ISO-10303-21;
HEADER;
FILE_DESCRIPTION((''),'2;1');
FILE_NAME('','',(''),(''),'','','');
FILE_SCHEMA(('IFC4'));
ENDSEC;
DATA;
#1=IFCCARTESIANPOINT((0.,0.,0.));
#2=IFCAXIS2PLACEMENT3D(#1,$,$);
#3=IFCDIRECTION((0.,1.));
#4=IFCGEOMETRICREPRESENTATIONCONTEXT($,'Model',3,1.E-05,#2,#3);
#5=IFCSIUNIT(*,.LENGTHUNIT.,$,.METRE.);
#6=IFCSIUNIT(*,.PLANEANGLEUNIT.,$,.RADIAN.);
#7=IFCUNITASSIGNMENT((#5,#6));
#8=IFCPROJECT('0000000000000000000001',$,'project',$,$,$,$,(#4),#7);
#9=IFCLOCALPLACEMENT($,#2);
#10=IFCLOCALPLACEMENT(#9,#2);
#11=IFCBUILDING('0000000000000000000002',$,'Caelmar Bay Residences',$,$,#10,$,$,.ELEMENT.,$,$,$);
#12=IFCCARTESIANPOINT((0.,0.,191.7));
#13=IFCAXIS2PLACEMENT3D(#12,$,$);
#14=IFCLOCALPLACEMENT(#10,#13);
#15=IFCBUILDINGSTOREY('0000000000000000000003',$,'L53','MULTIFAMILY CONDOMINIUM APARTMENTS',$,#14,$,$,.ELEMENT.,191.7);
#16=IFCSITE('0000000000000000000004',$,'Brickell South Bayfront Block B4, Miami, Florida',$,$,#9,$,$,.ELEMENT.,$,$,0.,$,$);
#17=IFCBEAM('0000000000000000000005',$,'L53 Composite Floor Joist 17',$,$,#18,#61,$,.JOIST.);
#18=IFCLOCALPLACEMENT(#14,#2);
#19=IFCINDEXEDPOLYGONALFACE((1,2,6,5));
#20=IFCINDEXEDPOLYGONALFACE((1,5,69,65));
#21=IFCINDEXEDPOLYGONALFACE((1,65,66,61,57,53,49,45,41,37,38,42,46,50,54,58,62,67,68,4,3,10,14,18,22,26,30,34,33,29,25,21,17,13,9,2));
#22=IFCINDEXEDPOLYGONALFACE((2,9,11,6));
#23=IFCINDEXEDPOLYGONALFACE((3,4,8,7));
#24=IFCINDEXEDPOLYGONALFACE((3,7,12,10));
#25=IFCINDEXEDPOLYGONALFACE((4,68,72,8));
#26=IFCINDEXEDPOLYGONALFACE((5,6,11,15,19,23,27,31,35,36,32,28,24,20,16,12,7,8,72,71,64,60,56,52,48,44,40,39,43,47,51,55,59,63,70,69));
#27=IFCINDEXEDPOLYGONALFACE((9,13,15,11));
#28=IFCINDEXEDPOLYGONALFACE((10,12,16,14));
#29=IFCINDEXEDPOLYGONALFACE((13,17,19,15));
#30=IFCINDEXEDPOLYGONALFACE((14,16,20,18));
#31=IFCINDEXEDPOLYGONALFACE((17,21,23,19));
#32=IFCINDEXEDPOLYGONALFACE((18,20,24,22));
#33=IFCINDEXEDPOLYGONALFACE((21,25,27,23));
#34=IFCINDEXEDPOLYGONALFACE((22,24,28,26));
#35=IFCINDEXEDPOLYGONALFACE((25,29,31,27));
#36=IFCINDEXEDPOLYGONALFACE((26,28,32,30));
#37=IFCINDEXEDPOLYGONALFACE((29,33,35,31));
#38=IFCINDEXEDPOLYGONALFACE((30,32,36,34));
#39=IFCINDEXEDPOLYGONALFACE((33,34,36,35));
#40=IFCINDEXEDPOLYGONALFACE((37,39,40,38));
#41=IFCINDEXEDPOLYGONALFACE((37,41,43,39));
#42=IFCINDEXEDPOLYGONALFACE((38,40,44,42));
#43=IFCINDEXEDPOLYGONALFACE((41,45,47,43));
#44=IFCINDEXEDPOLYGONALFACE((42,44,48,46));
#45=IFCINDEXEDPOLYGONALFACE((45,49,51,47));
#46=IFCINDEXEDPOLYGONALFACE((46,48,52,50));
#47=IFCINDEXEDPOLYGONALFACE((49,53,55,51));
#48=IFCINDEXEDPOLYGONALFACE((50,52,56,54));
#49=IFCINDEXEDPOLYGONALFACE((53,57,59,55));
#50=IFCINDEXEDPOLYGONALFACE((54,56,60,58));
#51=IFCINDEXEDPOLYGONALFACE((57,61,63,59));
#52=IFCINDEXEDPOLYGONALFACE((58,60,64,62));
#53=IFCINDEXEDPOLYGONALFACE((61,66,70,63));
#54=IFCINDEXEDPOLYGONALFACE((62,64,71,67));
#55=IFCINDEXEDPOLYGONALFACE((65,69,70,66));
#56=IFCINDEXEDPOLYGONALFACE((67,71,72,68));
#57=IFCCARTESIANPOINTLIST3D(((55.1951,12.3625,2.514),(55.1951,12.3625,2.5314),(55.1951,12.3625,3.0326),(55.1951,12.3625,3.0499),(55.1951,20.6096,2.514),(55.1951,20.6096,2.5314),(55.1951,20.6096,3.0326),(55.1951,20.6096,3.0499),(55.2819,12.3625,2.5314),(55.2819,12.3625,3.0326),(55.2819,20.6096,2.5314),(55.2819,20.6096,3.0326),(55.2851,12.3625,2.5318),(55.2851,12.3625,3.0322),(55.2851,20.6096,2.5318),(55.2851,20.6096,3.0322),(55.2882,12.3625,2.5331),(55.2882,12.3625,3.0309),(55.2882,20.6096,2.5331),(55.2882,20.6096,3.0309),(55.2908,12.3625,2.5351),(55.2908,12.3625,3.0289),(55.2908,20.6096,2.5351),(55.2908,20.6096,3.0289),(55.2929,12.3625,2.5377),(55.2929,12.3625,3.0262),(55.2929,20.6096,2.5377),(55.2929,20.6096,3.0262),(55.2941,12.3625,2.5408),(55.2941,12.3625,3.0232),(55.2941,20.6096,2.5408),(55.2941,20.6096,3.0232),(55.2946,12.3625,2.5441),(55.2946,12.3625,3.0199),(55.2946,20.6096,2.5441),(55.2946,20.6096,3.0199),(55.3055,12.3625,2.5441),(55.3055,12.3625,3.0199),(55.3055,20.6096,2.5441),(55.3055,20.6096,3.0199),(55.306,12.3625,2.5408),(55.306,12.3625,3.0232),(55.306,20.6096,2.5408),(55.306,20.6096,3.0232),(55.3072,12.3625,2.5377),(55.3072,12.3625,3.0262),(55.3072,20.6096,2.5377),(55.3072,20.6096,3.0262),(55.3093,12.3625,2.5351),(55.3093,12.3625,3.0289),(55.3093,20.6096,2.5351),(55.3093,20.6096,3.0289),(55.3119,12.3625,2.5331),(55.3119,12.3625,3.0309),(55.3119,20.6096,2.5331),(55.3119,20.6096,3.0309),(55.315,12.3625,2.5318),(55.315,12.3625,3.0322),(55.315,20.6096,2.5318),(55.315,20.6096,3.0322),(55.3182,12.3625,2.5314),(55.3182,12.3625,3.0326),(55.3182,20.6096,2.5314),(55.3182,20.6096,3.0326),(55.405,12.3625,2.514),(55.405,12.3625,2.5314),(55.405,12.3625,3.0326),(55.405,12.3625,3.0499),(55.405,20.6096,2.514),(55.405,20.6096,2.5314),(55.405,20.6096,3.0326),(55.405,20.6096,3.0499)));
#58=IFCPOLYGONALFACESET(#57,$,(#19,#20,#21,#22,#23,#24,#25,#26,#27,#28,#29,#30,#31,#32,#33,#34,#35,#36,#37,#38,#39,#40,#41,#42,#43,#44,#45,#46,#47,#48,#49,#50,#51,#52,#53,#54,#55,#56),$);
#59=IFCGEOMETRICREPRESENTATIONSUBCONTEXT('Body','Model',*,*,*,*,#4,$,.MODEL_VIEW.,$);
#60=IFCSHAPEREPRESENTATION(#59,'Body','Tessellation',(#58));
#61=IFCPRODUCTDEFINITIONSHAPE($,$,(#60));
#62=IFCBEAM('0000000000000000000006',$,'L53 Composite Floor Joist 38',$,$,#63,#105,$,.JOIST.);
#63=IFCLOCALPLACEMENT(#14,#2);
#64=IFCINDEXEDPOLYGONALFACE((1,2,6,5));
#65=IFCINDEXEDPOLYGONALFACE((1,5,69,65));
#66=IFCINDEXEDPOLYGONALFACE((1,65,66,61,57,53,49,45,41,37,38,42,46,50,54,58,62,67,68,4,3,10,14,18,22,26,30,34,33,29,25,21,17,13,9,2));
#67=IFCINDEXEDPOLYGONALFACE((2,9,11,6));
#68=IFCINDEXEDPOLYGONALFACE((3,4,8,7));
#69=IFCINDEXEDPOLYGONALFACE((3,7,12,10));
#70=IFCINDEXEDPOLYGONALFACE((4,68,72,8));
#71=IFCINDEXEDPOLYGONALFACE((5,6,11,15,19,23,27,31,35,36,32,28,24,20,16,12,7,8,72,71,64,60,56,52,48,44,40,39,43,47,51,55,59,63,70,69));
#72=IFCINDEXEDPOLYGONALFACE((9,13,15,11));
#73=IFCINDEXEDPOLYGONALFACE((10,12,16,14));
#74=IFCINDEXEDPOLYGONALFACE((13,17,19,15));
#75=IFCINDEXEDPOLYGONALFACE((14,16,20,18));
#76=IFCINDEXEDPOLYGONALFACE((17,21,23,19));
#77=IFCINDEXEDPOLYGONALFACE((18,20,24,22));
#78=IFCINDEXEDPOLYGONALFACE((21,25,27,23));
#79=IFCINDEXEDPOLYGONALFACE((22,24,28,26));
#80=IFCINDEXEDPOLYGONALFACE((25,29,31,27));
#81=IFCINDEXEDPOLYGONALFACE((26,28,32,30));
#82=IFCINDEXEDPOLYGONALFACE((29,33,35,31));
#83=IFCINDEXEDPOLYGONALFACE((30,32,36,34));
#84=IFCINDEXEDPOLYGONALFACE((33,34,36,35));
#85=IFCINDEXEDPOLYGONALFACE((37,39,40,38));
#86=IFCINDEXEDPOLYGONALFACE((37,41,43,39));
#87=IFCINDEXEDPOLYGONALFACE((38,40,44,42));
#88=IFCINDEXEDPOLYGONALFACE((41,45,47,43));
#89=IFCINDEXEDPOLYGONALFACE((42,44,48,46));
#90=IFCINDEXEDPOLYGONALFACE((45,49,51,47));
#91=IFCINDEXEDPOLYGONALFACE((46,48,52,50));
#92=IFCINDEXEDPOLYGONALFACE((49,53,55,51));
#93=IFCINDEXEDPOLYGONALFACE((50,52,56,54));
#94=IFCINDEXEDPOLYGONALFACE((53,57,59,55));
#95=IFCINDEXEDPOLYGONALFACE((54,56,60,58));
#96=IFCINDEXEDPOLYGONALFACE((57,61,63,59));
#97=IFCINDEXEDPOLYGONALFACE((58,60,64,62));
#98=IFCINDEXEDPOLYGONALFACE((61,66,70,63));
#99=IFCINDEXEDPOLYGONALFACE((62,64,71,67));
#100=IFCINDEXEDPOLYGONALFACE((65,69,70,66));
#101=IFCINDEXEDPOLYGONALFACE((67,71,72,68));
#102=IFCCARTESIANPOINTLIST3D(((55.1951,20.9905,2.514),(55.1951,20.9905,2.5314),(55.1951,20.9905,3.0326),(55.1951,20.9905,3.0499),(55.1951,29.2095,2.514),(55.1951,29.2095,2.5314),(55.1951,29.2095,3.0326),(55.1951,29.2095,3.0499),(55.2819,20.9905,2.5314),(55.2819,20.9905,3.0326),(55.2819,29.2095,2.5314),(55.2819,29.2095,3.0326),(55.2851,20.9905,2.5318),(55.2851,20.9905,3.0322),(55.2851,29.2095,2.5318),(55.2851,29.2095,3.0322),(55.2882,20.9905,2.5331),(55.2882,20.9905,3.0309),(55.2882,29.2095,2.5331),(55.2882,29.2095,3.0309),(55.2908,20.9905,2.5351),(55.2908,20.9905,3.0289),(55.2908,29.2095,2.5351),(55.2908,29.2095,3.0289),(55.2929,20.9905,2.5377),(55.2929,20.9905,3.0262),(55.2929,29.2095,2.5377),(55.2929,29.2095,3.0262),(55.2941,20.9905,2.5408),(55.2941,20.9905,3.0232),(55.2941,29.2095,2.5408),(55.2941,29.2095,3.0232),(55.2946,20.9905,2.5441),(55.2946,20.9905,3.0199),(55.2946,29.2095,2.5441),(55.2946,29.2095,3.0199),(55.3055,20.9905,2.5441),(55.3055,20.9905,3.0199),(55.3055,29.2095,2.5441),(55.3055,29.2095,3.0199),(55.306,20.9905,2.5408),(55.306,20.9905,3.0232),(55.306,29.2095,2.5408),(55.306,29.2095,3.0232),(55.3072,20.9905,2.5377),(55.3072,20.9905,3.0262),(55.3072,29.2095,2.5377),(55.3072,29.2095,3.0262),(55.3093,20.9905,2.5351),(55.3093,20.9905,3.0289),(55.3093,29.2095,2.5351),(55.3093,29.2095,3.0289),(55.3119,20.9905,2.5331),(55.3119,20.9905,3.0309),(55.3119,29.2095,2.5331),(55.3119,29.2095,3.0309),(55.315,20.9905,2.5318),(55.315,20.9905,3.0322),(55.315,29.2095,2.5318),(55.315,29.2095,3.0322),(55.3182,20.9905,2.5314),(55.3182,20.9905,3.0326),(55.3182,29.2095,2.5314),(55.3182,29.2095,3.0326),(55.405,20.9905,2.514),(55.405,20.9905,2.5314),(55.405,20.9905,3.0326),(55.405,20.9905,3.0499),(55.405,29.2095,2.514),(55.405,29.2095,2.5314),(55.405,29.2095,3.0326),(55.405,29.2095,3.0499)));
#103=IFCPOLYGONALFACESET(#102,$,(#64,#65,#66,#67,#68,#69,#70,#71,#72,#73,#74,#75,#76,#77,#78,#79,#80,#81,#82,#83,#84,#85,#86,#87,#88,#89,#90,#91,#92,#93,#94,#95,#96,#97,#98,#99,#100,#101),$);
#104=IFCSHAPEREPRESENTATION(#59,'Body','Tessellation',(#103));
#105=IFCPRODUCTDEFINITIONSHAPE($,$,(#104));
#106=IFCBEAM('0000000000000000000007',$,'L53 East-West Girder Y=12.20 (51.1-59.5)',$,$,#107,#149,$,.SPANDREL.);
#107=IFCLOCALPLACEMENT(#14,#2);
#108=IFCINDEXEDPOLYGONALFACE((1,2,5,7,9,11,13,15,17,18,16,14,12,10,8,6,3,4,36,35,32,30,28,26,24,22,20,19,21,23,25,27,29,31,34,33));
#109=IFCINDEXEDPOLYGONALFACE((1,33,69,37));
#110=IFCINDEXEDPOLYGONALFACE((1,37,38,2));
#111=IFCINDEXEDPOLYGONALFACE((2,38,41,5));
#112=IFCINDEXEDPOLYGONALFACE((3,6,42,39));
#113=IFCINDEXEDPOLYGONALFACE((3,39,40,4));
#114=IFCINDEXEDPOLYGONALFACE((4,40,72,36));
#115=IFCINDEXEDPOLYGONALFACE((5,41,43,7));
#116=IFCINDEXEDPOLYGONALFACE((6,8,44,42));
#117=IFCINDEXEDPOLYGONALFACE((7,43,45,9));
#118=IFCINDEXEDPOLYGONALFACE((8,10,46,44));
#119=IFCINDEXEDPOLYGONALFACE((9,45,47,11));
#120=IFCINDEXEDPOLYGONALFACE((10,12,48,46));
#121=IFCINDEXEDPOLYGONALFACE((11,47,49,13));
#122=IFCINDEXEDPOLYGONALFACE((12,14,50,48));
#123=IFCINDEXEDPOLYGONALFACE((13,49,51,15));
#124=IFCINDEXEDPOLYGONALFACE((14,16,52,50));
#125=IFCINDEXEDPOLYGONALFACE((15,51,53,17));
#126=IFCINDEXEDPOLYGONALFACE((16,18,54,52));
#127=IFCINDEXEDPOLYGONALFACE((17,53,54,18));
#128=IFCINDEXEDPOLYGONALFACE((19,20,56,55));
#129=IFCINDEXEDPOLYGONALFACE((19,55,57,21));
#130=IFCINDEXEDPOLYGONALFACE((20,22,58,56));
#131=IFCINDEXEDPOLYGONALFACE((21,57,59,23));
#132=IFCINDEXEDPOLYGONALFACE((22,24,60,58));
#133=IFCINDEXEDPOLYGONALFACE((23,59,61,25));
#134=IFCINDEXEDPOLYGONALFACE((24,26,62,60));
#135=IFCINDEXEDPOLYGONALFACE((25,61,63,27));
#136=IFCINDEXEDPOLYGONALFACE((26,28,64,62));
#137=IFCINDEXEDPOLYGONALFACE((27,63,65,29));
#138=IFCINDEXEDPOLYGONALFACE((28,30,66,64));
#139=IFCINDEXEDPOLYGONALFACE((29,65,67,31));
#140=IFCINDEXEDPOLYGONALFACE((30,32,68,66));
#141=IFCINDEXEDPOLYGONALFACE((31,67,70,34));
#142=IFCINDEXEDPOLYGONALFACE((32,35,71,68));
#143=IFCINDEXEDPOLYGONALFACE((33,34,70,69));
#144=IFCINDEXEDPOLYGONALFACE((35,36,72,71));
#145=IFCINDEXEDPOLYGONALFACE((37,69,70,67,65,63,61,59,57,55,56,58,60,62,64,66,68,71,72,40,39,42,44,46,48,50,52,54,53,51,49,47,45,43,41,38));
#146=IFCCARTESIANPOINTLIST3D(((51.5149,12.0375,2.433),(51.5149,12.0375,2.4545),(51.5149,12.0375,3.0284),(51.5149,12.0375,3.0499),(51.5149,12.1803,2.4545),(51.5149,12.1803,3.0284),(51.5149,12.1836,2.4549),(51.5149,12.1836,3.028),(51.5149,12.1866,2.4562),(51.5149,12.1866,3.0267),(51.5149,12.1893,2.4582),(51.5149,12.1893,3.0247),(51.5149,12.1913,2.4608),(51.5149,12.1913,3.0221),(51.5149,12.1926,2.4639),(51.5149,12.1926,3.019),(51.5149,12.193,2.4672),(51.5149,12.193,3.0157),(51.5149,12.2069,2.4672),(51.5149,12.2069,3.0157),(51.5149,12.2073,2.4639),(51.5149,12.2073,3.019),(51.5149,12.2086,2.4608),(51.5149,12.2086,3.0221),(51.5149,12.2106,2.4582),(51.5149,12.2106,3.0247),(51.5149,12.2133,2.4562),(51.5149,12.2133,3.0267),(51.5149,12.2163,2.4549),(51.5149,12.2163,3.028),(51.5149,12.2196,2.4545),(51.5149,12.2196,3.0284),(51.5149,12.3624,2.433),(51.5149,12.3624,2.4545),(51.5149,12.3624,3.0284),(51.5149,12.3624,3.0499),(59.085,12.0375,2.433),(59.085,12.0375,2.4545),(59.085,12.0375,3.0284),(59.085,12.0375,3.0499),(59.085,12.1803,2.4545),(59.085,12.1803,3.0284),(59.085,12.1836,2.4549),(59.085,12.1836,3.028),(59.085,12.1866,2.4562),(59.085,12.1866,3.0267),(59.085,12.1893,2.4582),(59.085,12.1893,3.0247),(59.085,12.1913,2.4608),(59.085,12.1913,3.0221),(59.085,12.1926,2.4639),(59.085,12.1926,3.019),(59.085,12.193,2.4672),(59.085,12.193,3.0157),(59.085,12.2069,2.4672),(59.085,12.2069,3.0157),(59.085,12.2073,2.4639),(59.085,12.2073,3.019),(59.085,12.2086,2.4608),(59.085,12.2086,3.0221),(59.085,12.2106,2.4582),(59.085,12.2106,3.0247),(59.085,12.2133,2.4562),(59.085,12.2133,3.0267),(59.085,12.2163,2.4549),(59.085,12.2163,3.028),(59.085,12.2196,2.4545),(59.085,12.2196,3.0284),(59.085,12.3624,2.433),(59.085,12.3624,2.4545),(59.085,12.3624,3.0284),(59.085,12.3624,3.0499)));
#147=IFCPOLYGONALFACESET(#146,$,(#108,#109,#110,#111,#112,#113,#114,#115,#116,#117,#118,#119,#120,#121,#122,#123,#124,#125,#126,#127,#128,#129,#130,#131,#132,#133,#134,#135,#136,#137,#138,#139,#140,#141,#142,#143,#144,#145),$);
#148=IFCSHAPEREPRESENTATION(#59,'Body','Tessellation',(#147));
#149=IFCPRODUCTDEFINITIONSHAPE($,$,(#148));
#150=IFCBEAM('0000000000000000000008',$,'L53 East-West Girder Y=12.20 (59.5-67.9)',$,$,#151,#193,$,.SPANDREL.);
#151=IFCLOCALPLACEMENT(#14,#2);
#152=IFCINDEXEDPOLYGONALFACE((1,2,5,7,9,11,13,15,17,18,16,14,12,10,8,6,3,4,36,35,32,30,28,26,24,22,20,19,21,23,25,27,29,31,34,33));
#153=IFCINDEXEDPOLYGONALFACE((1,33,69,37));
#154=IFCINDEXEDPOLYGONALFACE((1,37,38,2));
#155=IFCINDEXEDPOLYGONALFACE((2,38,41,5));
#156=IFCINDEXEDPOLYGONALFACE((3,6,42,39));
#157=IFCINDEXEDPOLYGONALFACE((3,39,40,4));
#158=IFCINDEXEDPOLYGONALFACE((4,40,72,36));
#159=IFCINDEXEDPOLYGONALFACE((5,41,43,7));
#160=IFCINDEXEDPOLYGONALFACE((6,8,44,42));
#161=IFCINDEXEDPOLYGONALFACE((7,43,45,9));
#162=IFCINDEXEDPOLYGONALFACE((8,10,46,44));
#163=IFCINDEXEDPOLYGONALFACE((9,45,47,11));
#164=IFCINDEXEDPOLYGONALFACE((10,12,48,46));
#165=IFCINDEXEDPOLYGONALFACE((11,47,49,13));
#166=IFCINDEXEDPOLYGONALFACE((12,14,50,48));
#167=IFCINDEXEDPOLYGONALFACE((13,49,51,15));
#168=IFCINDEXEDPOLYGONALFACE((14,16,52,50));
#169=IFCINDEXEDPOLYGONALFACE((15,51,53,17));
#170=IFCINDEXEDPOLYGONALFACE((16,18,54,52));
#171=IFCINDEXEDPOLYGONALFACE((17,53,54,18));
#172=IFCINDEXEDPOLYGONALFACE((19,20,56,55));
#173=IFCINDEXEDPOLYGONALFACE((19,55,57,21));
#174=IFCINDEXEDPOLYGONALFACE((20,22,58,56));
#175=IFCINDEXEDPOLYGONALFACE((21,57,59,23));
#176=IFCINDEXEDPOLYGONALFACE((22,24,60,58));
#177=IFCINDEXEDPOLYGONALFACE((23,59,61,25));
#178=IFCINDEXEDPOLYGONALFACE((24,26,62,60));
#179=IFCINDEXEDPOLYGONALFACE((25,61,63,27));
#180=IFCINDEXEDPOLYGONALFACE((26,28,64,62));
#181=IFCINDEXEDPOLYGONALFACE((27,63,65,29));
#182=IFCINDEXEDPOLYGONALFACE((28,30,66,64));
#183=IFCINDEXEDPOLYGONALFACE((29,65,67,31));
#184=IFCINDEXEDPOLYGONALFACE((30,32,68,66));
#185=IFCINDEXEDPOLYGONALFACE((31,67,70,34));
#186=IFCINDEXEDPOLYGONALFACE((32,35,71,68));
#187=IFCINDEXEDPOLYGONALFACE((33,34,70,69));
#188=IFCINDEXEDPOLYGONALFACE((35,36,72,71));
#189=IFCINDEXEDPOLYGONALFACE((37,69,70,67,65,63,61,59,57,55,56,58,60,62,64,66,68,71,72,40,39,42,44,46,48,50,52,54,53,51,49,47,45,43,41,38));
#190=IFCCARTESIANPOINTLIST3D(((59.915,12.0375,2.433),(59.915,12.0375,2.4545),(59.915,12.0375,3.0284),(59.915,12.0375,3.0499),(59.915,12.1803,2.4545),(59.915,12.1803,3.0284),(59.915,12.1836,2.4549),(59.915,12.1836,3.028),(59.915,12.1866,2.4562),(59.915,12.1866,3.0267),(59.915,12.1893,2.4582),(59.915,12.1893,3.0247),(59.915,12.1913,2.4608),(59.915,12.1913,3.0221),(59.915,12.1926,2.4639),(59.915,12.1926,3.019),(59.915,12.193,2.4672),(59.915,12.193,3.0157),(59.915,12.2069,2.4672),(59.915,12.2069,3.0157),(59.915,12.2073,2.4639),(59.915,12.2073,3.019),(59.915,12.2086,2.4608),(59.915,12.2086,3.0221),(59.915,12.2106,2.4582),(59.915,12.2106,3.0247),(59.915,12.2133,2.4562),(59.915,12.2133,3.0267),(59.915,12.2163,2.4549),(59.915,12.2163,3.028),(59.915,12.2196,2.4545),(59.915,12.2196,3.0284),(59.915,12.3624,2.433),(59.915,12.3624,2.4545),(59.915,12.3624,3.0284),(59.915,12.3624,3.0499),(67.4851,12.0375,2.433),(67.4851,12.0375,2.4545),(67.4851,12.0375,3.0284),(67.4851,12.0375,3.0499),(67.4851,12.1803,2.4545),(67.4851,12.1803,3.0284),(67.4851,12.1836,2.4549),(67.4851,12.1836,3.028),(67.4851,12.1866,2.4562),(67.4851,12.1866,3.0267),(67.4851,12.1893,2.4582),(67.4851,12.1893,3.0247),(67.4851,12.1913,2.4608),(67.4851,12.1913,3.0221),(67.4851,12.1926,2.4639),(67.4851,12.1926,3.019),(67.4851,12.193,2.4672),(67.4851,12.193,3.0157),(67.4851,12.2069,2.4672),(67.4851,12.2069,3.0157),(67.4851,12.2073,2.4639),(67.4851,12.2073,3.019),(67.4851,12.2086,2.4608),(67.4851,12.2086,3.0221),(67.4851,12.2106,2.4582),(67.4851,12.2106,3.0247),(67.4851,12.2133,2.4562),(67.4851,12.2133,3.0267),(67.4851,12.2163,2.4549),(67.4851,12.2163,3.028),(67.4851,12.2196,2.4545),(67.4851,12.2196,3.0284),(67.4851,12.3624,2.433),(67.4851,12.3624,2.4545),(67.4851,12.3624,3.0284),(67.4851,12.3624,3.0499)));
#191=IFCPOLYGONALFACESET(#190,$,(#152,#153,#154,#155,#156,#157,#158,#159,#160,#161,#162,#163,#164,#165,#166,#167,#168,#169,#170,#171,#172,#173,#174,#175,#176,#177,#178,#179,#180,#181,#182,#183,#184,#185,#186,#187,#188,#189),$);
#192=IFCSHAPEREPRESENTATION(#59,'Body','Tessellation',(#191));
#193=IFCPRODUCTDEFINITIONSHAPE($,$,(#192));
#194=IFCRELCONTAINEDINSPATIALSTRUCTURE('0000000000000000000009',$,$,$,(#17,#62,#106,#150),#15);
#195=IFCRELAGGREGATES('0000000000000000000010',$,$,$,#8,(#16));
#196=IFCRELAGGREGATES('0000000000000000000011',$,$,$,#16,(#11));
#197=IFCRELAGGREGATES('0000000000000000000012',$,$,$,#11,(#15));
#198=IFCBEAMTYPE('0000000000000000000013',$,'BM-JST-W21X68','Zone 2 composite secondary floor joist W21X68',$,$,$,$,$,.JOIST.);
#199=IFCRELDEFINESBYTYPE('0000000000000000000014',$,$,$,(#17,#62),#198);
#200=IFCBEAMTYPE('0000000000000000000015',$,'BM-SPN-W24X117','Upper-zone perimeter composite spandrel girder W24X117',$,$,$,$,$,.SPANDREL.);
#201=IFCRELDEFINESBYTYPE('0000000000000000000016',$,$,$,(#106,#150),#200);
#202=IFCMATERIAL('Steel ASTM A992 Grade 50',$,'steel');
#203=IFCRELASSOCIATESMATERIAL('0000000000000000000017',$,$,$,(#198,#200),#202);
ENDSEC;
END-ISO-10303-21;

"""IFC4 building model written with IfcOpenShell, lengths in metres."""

from ifc_helpers import new_model, si_unit, direction, frame, origin, origin_2d, place, context, subcontext, project, spatial, i_section, extrude, material, material_profile, profile_set, type_object, element, save


model = new_model("IFC4")

# Units and contexts
model_context = context("Model", 3, precision=1e-05, world=origin(), true_north=direction((0.0, 1.0)))
body_context = subcontext(model_context, "Body", "Model", "MODEL_VIEW")
ifc_project = project(units=[si_unit("LENGTHUNIT", "METRE"), si_unit("PLANEANGLEUNIT", "RADIAN")], contexts=[model_context])

# Site, building, storey
site_placement = place(None, origin())
site = spatial("IfcSite", under=ifc_project, at=site_placement, Name="Brickell South Bayfront Block B4, Miami, Florida", CompositionType="ELEMENT", RefElevation=0.0)
building_placement = place(site_placement, origin())
building = spatial("IfcBuilding", under=site, at=building_placement, Name="Caelmar Bay Residences", CompositionType="ELEMENT")
storey_placement = place(building_placement, frame((0.0, 0.0, 191.7)))
storey = spatial("IfcBuildingStorey", under=building, at=storey_placement, Name="L53", Description="MULTIFAMILY CONDOMINIUM APARTMENTS", CompositionType="ELEMENT", Elevation=191.7)

# Beams
ifc_material_1 = material(Name="Steel ASTM A992 Grade 50", Category="steel")
ifc_material_profile_1 = material_profile(ifc_material_1, i_section(OverallWidth=0.21, OverallDepth=0.5359, WebThickness=0.011, FlangeThickness=0.0173, FilletRadius=0.0127, at=origin_2d()), Name="W21X68")
ifc_profile_set_1 = profile_set([ifc_material_profile_1], Name="Steel ASTM A992 Grade 50")
beam_type_1 = type_object("IfcBeamType", Name="BM-JST-W21X68", Description="Zone 2 composite secondary floor joist W21X68", PredefinedType="JOIST", material=ifc_profile_set_1)
beam_1_placement = place(storey_placement, frame((55.3, 12.3625, 2.782), z_axis=(0.0, 1.0, 0.0), x_axis=(-1.0, 0.0, 0.0)))
element("IfcBeam", 1, at=beam_1_placement, inside=storey, type_object=beam_type_1, Name="L53 Composite Floor Joist 17", PredefinedType="JOIST", context=body_context, shape_type="SweptSolid", body=[
    extrude(i_section(OverallWidth=0.21, OverallDepth=0.5359, WebThickness=0.011, FlangeThickness=0.0173, FilletRadius=0.0127, at=origin_2d()), origin(), (0.0, 0.0, 1.0), 8.2471),
])
beam_2_placement = place(storey_placement, frame((55.3, 20.9905, 2.782), z_axis=(0.0, 1.0, 0.0), x_axis=(-1.0, 0.0, 0.0)))
element("IfcBeam", 2, at=beam_2_placement, inside=storey, type_object=beam_type_1, Name="L53 Composite Floor Joist 38", PredefinedType="JOIST", context=body_context, shape_type="SweptSolid", body=[
    extrude(i_section(OverallWidth=0.21, OverallDepth=0.5359, WebThickness=0.011, FlangeThickness=0.0173, FilletRadius=0.0127, at=origin_2d()), origin(), (0.0, 0.0, 1.0), 8.219),
])
ifc_material_profile_2 = material_profile(ifc_material_1, i_section(OverallWidth=0.325, OverallDepth=0.6169, WebThickness=0.0139, FlangeThickness=0.0215, FilletRadius=0.0127, at=origin_2d()), Name="W24X117")
ifc_profile_set_2 = profile_set([ifc_material_profile_2], Name="Steel ASTM A992 Grade 50")
beam_type_2 = type_object("IfcBeamType", Name="BM-SPN-W24X117", Description="Upper-zone perimeter composite spandrel girder W24X117", PredefinedType="SPANDREL", material=ifc_profile_set_2)
for number, where, z_axis, x_axis, name in (
    (3, (51.5149, 12.2, 2.7415), (1.0, 0.0, 0.0), (0.0, 1.0, 0.0), "L53 East-West Girder Y=12.20 (51.1-59.5)"),
    (4, (59.915, 12.2, 2.7415), (1.0, 0.0, 0.0), (0.0, 1.0, 0.0), "L53 East-West Girder Y=12.20 (59.5-67.9)"),
):
    element("IfcBeam", number, at=place(storey_placement, frame(where, z_axis=z_axis, x_axis=x_axis)), inside=storey, type_object=beam_type_2, Name=name, PredefinedType="SPANDREL", context=body_context, shape_type="SweptSolid", body=[
        extrude(i_section(OverallWidth=0.325, OverallDepth=0.6169, WebThickness=0.0139, FlangeThickness=0.0215, FilletRadius=0.0127, at=origin_2d()), origin(), (0.0, 0.0, 1.0), 7.5701),
    ])

save(model, "model.ifc")
